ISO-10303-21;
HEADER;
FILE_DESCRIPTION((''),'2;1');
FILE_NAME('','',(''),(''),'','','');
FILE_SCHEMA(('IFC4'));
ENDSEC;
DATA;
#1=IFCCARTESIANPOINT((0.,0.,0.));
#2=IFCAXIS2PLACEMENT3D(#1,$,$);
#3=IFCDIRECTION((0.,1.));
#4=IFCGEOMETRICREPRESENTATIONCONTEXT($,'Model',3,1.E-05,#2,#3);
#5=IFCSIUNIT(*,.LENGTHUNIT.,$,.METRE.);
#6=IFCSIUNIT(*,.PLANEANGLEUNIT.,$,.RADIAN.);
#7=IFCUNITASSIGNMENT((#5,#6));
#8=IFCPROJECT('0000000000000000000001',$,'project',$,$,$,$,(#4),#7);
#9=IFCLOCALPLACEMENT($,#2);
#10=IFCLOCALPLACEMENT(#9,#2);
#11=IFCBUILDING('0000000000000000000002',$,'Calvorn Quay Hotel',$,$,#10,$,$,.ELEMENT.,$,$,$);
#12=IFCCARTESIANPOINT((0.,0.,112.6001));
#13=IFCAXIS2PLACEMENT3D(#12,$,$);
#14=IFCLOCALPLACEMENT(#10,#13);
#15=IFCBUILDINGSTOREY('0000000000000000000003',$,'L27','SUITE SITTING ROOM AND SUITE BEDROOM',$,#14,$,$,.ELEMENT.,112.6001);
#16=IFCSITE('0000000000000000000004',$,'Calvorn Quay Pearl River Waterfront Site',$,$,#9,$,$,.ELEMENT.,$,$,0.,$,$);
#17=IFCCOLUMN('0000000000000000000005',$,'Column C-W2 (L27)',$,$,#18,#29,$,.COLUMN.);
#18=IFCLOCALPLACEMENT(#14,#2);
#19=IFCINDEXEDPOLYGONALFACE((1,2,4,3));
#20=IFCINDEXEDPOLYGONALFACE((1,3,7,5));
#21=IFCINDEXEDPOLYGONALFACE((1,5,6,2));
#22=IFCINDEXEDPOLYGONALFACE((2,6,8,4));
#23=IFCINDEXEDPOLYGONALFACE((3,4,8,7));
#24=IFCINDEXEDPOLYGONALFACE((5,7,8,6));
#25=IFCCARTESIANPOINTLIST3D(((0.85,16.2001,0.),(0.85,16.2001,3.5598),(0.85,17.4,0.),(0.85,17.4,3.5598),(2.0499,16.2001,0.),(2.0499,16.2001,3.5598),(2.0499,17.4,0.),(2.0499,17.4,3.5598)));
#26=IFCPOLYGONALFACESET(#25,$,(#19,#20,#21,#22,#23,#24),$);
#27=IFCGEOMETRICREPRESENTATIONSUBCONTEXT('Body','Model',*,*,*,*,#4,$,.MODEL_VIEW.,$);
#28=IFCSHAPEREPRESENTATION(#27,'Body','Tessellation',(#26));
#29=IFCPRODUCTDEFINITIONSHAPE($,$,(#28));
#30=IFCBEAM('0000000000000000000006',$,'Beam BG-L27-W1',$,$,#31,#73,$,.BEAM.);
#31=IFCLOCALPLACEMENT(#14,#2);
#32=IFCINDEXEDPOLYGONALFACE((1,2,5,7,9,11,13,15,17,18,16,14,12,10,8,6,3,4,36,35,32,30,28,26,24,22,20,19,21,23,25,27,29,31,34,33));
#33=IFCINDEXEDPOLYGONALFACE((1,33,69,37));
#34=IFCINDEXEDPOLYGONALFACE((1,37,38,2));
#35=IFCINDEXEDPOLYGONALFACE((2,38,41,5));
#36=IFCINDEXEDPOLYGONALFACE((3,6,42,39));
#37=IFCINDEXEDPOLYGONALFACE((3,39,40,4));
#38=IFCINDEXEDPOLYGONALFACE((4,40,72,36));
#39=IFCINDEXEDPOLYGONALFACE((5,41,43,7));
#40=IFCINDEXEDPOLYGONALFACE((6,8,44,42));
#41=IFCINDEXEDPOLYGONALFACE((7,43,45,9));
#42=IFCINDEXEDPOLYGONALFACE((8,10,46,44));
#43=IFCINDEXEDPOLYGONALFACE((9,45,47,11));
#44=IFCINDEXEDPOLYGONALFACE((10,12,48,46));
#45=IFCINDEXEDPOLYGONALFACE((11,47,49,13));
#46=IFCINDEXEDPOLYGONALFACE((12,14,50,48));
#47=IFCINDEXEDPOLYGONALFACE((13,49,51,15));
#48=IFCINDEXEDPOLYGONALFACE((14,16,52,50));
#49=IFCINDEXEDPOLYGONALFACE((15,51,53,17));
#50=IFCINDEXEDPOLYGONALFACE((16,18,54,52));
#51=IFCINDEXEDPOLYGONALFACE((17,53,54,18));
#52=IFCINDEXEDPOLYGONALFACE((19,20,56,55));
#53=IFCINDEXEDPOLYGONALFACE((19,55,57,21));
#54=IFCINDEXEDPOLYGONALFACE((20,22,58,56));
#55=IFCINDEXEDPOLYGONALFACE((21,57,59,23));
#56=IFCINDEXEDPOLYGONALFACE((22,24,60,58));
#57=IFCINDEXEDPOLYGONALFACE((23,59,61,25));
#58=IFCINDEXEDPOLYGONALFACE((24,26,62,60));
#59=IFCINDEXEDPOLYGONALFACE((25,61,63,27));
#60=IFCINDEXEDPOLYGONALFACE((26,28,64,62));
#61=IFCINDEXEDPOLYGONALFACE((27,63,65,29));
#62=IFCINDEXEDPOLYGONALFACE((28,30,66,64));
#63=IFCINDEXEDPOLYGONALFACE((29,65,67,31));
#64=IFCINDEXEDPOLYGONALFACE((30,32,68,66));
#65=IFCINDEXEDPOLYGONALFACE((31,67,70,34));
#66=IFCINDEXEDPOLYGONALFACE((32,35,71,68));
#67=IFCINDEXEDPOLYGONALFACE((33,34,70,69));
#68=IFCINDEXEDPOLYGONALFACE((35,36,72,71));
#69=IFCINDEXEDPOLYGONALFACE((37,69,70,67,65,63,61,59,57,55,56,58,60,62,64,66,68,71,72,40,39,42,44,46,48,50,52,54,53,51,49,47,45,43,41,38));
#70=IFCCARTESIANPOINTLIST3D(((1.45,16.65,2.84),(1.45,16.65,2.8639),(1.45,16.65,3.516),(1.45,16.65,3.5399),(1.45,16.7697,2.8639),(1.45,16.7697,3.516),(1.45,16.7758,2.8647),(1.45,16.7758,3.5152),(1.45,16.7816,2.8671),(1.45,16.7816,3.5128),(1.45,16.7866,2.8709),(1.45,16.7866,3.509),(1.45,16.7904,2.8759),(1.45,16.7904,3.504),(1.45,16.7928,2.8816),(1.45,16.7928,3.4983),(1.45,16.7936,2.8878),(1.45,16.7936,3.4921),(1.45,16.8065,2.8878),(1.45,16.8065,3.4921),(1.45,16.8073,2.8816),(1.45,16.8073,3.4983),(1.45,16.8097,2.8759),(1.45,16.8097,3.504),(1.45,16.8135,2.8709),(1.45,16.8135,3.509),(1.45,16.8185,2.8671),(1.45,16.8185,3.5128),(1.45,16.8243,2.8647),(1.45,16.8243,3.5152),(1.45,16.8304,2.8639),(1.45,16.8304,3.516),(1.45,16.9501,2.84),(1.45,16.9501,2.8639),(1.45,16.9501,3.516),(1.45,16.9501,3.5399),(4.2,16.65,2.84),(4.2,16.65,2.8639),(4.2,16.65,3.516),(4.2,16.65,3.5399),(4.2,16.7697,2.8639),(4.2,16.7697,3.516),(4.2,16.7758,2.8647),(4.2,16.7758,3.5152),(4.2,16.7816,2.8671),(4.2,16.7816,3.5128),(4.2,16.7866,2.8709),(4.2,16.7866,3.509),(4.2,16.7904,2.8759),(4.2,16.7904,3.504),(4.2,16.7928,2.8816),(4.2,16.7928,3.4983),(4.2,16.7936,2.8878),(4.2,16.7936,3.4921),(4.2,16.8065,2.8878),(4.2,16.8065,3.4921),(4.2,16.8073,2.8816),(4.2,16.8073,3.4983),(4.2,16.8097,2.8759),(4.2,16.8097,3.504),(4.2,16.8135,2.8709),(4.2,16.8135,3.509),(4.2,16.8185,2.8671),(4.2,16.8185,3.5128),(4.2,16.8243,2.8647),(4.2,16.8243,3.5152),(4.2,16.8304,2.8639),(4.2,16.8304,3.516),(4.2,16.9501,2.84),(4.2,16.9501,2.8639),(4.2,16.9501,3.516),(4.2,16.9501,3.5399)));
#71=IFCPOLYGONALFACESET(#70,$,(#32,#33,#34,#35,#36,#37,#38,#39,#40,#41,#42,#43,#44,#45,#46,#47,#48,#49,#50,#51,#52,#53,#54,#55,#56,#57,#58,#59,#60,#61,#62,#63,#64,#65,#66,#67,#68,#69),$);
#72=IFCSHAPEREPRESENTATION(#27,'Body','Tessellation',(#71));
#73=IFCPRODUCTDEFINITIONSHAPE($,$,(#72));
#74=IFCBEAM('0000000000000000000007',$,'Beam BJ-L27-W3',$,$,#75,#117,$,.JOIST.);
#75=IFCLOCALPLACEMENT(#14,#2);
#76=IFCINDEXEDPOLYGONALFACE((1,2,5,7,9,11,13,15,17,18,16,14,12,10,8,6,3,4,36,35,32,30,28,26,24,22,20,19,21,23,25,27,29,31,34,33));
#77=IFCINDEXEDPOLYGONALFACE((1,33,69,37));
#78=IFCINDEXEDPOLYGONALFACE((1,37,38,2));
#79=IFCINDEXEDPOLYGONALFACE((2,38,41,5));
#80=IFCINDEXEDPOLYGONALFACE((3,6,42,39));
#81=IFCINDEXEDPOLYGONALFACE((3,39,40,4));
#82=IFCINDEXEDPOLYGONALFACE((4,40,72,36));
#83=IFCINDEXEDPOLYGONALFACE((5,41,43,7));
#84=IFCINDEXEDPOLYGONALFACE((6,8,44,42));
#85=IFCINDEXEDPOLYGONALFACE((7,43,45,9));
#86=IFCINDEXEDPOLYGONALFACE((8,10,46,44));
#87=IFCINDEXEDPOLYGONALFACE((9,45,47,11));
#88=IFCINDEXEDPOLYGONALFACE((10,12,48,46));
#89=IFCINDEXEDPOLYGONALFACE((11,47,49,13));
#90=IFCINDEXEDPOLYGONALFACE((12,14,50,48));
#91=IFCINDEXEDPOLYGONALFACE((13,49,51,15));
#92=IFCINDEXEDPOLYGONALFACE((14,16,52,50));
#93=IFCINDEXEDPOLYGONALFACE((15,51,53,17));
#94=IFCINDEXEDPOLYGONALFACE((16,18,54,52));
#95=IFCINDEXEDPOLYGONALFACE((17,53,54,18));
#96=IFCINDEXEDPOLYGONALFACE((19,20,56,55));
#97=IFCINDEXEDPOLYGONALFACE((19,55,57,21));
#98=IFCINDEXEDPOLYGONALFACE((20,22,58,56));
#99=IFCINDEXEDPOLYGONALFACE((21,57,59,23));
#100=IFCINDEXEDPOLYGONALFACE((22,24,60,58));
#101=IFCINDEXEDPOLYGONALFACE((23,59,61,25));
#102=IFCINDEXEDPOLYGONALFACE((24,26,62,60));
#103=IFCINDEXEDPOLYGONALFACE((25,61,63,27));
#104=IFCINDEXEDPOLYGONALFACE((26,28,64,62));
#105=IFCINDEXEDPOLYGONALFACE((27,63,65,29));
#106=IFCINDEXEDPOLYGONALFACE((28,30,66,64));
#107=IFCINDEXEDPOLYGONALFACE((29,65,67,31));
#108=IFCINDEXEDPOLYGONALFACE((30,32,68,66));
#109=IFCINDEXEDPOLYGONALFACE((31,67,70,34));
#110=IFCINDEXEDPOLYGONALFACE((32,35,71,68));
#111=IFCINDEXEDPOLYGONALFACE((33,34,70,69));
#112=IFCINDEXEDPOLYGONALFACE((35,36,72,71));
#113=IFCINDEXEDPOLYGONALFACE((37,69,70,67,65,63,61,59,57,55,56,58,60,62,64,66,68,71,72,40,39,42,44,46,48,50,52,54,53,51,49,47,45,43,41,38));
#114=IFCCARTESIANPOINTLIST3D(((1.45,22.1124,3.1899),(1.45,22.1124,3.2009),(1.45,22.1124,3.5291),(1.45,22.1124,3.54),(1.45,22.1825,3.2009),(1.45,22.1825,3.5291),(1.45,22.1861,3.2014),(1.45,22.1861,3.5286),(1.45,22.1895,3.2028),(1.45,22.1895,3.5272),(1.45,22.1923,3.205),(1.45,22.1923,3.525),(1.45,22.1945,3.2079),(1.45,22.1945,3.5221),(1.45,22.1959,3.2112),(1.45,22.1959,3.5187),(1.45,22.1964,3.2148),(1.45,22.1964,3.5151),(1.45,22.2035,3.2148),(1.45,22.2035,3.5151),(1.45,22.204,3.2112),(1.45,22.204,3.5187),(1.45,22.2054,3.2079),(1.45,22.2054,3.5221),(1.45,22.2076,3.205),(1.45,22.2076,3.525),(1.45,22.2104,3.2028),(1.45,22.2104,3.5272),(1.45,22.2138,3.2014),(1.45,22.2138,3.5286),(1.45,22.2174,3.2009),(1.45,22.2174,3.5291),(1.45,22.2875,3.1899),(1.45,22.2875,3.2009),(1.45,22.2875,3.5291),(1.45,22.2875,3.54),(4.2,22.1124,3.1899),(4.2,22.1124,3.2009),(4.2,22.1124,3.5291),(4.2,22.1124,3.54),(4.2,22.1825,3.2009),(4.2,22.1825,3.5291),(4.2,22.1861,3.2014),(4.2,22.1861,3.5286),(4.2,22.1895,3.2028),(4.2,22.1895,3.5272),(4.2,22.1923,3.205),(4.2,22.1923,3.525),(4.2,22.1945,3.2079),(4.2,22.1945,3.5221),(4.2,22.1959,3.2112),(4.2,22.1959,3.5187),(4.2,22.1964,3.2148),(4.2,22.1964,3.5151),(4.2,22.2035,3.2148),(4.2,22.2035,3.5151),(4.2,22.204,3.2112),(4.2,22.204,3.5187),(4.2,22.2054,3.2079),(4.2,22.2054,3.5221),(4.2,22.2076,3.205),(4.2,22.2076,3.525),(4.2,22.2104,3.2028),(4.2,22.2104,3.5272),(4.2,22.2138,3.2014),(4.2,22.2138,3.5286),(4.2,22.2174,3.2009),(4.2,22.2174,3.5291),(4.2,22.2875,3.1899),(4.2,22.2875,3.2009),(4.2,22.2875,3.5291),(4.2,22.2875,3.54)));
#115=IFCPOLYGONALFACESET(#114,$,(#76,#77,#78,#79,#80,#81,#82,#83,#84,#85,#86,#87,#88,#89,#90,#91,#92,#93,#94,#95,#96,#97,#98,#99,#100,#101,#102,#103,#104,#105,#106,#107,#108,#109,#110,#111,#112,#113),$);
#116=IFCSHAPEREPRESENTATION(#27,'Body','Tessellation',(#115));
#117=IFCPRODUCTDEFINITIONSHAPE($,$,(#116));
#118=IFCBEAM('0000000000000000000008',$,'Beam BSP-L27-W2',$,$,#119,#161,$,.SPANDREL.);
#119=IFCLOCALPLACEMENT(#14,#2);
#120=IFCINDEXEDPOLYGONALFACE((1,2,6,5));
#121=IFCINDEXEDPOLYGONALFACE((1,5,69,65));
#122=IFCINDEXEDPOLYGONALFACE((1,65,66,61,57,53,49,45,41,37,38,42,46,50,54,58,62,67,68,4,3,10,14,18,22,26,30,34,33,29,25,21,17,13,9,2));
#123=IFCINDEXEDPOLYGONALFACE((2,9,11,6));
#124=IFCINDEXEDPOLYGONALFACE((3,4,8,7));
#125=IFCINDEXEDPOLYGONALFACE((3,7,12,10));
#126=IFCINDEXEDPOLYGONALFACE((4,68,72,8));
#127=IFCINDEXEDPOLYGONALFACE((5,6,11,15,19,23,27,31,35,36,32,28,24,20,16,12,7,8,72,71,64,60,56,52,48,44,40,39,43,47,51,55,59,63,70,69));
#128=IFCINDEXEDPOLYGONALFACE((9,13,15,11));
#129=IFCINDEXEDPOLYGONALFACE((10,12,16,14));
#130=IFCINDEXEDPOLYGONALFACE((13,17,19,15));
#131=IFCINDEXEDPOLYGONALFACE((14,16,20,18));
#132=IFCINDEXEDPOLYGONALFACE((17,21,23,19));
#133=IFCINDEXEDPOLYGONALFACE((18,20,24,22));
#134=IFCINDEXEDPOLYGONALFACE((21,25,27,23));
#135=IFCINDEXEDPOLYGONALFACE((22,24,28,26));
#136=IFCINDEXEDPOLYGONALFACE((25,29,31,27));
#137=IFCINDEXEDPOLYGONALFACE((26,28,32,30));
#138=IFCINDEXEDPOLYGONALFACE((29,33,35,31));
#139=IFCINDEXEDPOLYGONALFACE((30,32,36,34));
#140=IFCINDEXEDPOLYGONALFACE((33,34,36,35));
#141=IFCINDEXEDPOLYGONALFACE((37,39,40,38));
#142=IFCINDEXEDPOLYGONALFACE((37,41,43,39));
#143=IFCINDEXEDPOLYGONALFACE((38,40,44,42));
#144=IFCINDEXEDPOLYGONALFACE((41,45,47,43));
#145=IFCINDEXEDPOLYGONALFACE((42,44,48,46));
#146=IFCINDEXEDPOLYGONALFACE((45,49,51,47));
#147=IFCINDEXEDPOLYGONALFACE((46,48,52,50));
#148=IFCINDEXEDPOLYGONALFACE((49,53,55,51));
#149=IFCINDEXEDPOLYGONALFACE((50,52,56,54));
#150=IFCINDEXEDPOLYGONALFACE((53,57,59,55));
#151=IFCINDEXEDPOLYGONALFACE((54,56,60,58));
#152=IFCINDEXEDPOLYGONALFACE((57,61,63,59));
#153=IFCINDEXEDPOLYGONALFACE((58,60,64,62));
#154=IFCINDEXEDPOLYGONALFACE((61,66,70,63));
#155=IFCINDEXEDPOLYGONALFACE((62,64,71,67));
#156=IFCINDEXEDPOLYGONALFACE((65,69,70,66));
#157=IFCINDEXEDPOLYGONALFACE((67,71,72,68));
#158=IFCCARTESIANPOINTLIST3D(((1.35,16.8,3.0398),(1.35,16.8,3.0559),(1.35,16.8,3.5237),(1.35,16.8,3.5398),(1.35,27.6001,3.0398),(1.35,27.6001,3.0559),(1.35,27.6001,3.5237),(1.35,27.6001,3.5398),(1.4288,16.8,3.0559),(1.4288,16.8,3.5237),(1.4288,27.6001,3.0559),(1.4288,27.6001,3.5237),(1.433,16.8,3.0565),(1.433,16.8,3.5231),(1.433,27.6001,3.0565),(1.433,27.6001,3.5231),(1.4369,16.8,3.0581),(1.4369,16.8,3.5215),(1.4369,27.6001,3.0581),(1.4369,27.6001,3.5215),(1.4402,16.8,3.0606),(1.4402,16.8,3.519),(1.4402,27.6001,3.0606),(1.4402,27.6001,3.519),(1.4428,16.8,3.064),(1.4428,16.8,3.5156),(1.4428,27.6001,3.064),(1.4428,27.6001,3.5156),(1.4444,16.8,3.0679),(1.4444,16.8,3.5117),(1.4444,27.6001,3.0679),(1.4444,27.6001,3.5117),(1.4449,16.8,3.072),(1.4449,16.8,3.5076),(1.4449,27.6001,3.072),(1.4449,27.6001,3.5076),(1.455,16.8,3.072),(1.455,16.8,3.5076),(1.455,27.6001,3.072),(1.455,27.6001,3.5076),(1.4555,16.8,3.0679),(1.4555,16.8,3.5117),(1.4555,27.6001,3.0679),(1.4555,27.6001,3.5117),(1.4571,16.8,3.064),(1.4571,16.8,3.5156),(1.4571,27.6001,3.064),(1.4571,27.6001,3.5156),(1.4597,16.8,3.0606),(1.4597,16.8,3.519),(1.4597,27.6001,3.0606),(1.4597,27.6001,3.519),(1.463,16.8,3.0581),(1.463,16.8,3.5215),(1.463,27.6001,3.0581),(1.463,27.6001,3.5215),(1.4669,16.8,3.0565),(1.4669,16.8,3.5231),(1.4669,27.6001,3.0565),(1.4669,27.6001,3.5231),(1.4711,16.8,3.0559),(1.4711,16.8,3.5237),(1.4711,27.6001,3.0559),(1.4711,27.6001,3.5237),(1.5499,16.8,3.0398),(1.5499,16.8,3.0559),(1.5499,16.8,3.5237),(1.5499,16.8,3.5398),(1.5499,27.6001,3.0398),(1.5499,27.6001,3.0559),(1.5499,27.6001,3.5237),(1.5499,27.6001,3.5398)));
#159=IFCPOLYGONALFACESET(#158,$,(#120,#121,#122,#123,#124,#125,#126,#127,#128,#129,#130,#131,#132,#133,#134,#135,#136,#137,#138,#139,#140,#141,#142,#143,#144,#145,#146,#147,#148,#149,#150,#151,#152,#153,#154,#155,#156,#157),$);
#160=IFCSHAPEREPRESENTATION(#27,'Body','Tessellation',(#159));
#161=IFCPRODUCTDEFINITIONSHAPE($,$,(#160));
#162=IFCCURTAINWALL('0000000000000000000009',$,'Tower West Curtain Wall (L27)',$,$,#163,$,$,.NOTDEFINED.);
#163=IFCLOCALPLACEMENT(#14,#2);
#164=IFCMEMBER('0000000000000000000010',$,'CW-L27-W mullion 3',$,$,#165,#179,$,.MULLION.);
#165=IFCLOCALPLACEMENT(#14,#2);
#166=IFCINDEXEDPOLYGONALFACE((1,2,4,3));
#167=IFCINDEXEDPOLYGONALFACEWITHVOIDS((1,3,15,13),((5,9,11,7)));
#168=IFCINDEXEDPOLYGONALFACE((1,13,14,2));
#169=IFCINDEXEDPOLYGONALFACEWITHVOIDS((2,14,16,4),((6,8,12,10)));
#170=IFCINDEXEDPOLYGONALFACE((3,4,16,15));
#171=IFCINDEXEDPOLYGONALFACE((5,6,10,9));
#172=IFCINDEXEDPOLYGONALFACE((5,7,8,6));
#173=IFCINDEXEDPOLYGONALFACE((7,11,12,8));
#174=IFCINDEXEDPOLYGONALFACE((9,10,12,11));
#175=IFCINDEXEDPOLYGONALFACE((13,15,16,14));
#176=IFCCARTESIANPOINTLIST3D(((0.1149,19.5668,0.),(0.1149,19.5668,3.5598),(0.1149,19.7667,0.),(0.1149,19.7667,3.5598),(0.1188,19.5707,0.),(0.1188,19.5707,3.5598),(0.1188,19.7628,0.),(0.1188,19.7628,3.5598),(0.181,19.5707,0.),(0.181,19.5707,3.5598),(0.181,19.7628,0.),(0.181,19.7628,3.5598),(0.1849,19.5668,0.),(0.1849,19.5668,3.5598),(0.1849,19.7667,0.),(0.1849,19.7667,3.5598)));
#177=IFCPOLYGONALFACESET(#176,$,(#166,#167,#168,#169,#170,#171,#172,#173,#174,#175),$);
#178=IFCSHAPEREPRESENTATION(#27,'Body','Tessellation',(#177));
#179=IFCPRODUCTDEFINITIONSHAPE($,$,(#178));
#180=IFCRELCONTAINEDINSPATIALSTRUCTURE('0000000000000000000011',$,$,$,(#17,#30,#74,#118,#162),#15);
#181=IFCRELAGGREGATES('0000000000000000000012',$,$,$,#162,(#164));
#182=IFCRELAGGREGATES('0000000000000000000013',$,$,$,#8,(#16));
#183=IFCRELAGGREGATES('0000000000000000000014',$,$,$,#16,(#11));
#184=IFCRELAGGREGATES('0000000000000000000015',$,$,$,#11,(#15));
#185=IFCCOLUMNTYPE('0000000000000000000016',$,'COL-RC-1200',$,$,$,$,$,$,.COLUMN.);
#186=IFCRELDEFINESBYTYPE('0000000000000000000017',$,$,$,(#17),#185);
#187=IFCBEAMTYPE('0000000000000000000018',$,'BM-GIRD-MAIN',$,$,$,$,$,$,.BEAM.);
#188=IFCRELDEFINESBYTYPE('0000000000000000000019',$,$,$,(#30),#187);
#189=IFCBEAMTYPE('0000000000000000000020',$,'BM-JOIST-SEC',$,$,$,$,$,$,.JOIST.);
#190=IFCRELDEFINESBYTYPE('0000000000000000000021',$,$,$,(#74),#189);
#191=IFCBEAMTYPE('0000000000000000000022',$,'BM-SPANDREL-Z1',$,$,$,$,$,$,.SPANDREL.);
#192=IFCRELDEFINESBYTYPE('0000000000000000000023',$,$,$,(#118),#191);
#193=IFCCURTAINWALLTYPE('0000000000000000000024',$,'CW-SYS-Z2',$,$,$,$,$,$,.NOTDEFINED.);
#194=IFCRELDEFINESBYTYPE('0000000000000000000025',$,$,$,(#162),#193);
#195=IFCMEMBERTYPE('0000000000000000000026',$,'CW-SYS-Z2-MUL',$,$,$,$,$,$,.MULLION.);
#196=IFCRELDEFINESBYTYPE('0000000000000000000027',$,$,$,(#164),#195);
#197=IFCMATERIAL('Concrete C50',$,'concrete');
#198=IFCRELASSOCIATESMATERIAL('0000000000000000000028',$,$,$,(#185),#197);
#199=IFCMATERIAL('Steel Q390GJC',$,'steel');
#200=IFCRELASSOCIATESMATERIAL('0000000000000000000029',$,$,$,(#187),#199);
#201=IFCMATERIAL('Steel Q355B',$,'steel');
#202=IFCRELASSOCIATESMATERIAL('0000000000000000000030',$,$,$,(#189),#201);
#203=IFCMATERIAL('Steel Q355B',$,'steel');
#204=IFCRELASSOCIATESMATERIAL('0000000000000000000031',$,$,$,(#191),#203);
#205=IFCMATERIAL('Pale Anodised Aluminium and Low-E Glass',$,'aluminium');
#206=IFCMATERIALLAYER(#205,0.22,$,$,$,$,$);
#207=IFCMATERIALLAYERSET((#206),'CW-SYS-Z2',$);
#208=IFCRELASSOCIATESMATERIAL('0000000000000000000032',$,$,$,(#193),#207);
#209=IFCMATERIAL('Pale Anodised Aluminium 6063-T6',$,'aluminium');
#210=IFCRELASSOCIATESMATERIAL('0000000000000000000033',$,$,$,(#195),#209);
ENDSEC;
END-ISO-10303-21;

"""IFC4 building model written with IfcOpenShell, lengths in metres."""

from ifc_helpers import new_model, si_unit, direction, frame, origin, origin_2d, place, context, subcontext, project, spatial, rectangle, hollow_rectangle, i_section, extrude, material, layer, layer_set, material_profile, profile_set, type_object, element, aggregate, save


model = new_model("IFC4")

# Units and contexts
model_context = context("Model", 3, precision=1e-05, world=origin(), true_north=direction((0.0, 1.0)))
body_context = subcontext(model_context, "Body", "Model", "MODEL_VIEW")
ifc_project = project(units=[si_unit("LENGTHUNIT", "METRE"), si_unit("PLANEANGLEUNIT", "RADIAN")], contexts=[model_context])

# Site, building, storey
site_placement = place(None, origin())
site = spatial("IfcSite", under=ifc_project, at=site_placement, Name="Calvorn Quay Pearl River Waterfront Site", CompositionType="ELEMENT", RefElevation=0.0)
building_placement = place(site_placement, origin())
building = spatial("IfcBuilding", under=site, at=building_placement, Name="Calvorn Quay Hotel", CompositionType="ELEMENT")
storey_placement = place(building_placement, frame((0.0, 0.0, 112.6001)))
storey = spatial("IfcBuildingStorey", under=building, at=storey_placement, Name="L27", Description="SUITE SITTING ROOM AND SUITE BEDROOM", CompositionType="ELEMENT", Elevation=112.6001)

# Column
ifc_material_1 = material(Name="Concrete C50", Category="concrete")
ifc_material_profile_1 = material_profile(ifc_material_1, rectangle(XDim=1.2, YDim=1.2, at=origin_2d()), Name="RC1200x1200")
ifc_profile_set_1 = profile_set([ifc_material_profile_1], Name="Concrete C50")
column_type = type_object("IfcColumnType", Name="COL-RC-1200", PredefinedType="COLUMN", material=ifc_profile_set_1)
column_placement = place(storey_placement, frame((1.45, 16.8, 0.0), z_axis=(0.0, 0.0, 1.0), x_axis=(1.0, 0.0, 0.0)))
element("IfcColumn", 1, at=column_placement, inside=storey, type_object=column_type, Name="Column C-W2 (L27)", PredefinedType="COLUMN", context=body_context, shape_type="SweptSolid", body=[
    extrude(rectangle(XDim=1.2, YDim=1.2, at=origin_2d()), origin(), (0.0, 0.0, 1.0), 3.5598),
])

# Beams
ifc_material_2 = material(Name="Steel Q390GJC", Category="steel")
ifc_material_profile_2 = material_profile(ifc_material_2, i_section(OverallWidth=0.3, OverallDepth=0.7, WebThickness=0.0129, FlangeThickness=0.0239, FilletRadius=0.0239, at=origin_2d()), Name="HN700x300x13x24")
ifc_profile_set_2 = profile_set([ifc_material_profile_2], Name="Steel Q390GJC")
beam_type_1 = type_object("IfcBeamType", Name="BM-GIRD-MAIN", PredefinedType="BEAM", material=ifc_profile_set_2)
beam_1_placement = place(storey_placement, frame((1.45, 16.8, 3.1899), z_axis=(1.0, 0.0, 0.0), x_axis=(0.0, 1.0, 0.0)))
element("IfcBeam", 2, at=beam_1_placement, inside=storey, type_object=beam_type_1, Name="Beam BG-L27-W1", PredefinedType="BEAM", context=body_context, shape_type="SweptSolid", body=[
    extrude(i_section(OverallWidth=0.3, OverallDepth=0.7, WebThickness=0.0129, FlangeThickness=0.0239, FilletRadius=0.0239, at=origin_2d()), origin(), (0.0, 0.0, 1.0), 2.75),
])
ifc_material_3 = material(Name="Steel Q355B", Category="steel")
ifc_material_profile_3 = material_profile(ifc_material_3, i_section(OverallWidth=0.175, OverallDepth=0.3501, WebThickness=0.0071, FlangeThickness=0.011, FilletRadius=0.0139, at=origin_2d()), Name="HN350x175x7x11")
ifc_profile_set_3 = profile_set([ifc_material_profile_3], Name="Steel Q355B")
beam_type_2 = type_object("IfcBeamType", Name="BM-JOIST-SEC", PredefinedType="JOIST", material=ifc_profile_set_3)
beam_2_placement = place(storey_placement, frame((1.45, 22.2, 3.365), z_axis=(1.0, 0.0, 0.0), x_axis=(0.0, 1.0, 0.0)))
element("IfcBeam", 3, at=beam_2_placement, inside=storey, type_object=beam_type_2, Name="Beam BJ-L27-W3", PredefinedType="JOIST", context=body_context, shape_type="SweptSolid", body=[
    extrude(i_section(OverallWidth=0.175, OverallDepth=0.3501, WebThickness=0.0071, FlangeThickness=0.011, FilletRadius=0.0139, at=origin_2d()), origin(), (0.0, 0.0, 1.0), 2.75),
])
ifc_material_4 = material(Name="Steel Q355B", Category="steel")
ifc_material_profile_4 = material_profile(ifc_material_4, i_section(OverallWidth=0.2, OverallDepth=0.5, WebThickness=0.01, FlangeThickness=0.0161, FilletRadius=0.0161, at=origin_2d()), Name="HN500x200x10x16")
ifc_profile_set_4 = profile_set([ifc_material_profile_4], Name="Steel Q355B")
beam_type_3 = type_object("IfcBeamType", Name="BM-SPANDREL-Z1", PredefinedType="SPANDREL", material=ifc_profile_set_4)
beam_3_placement = place(storey_placement, frame((1.45, 16.8, 3.2898), z_axis=(0.0, 1.0, 0.0), x_axis=(-1.0, 0.0, 0.0)))
element("IfcBeam", 4, at=beam_3_placement, inside=storey, type_object=beam_type_3, Name="Beam BSP-L27-W2", PredefinedType="SPANDREL", context=body_context, shape_type="SweptSolid", body=[
    extrude(i_section(OverallWidth=0.2, OverallDepth=0.5, WebThickness=0.01, FlangeThickness=0.0161, FilletRadius=0.0161, at=origin_2d()), origin(), (0.0, 0.0, 1.0), 10.8),
])

# Curtain wall, member
ifc_material_5 = material(Name="Pale Anodised Aluminium and Low-E Glass", Category="aluminium")
ifc_layer_1 = layer(ifc_material_5, 0.22)
ifc_layer_set_1 = layer_set([ifc_layer_1], Name="CW-SYS-Z2")
curtain_wall_type = type_object("IfcCurtainWallType", Name="CW-SYS-Z2", PredefinedType="NOTDEFINED", material=ifc_layer_set_1)
curtain_wall_placement = place(storey_placement, origin())
curtain_wall = element("IfcCurtainWall", 5, at=curtain_wall_placement, inside=storey, type_object=curtain_wall_type, Name="Tower West Curtain Wall (L27)", PredefinedType="NOTDEFINED")
ifc_material_6 = material(Name="Pale Anodised Aluminium 6063-T6", Category="aluminium")
ifc_material_profile_5 = material_profile(ifc_material_6, hollow_rectangle(XDim=0.0701, YDim=0.2, WallThickness=0.0039, at=origin_2d()), Name="ALU-M200x70x4")
ifc_profile_set_5 = profile_set([ifc_material_profile_5], Name="Pale Anodised Aluminium 6063-T6")
member_type_1 = type_object("IfcMemberType", Name="CW-SYS-Z2-MUL", PredefinedType="MULLION", material=ifc_profile_set_5)
member_1_placement = place(storey_placement, frame((0.1499, 19.6667, 0.0), z_axis=(0.0, 0.0, 1.0), x_axis=(-1.0, 0.0, 0.0)))
member_1 = element("IfcMember", 6, at=member_1_placement, type_object=member_type_1, Name="CW-L27-W mullion 3", PredefinedType="MULLION", context=body_context, shape_type="SweptSolid", body=[
    extrude(hollow_rectangle(XDim=0.0701, YDim=0.2, WallThickness=0.0039, at=origin_2d()), origin(), (0.0, 0.0, 1.0), 3.5598),
])
aggregate(curtain_wall, [member_1])

save(model, "model.ifc")
